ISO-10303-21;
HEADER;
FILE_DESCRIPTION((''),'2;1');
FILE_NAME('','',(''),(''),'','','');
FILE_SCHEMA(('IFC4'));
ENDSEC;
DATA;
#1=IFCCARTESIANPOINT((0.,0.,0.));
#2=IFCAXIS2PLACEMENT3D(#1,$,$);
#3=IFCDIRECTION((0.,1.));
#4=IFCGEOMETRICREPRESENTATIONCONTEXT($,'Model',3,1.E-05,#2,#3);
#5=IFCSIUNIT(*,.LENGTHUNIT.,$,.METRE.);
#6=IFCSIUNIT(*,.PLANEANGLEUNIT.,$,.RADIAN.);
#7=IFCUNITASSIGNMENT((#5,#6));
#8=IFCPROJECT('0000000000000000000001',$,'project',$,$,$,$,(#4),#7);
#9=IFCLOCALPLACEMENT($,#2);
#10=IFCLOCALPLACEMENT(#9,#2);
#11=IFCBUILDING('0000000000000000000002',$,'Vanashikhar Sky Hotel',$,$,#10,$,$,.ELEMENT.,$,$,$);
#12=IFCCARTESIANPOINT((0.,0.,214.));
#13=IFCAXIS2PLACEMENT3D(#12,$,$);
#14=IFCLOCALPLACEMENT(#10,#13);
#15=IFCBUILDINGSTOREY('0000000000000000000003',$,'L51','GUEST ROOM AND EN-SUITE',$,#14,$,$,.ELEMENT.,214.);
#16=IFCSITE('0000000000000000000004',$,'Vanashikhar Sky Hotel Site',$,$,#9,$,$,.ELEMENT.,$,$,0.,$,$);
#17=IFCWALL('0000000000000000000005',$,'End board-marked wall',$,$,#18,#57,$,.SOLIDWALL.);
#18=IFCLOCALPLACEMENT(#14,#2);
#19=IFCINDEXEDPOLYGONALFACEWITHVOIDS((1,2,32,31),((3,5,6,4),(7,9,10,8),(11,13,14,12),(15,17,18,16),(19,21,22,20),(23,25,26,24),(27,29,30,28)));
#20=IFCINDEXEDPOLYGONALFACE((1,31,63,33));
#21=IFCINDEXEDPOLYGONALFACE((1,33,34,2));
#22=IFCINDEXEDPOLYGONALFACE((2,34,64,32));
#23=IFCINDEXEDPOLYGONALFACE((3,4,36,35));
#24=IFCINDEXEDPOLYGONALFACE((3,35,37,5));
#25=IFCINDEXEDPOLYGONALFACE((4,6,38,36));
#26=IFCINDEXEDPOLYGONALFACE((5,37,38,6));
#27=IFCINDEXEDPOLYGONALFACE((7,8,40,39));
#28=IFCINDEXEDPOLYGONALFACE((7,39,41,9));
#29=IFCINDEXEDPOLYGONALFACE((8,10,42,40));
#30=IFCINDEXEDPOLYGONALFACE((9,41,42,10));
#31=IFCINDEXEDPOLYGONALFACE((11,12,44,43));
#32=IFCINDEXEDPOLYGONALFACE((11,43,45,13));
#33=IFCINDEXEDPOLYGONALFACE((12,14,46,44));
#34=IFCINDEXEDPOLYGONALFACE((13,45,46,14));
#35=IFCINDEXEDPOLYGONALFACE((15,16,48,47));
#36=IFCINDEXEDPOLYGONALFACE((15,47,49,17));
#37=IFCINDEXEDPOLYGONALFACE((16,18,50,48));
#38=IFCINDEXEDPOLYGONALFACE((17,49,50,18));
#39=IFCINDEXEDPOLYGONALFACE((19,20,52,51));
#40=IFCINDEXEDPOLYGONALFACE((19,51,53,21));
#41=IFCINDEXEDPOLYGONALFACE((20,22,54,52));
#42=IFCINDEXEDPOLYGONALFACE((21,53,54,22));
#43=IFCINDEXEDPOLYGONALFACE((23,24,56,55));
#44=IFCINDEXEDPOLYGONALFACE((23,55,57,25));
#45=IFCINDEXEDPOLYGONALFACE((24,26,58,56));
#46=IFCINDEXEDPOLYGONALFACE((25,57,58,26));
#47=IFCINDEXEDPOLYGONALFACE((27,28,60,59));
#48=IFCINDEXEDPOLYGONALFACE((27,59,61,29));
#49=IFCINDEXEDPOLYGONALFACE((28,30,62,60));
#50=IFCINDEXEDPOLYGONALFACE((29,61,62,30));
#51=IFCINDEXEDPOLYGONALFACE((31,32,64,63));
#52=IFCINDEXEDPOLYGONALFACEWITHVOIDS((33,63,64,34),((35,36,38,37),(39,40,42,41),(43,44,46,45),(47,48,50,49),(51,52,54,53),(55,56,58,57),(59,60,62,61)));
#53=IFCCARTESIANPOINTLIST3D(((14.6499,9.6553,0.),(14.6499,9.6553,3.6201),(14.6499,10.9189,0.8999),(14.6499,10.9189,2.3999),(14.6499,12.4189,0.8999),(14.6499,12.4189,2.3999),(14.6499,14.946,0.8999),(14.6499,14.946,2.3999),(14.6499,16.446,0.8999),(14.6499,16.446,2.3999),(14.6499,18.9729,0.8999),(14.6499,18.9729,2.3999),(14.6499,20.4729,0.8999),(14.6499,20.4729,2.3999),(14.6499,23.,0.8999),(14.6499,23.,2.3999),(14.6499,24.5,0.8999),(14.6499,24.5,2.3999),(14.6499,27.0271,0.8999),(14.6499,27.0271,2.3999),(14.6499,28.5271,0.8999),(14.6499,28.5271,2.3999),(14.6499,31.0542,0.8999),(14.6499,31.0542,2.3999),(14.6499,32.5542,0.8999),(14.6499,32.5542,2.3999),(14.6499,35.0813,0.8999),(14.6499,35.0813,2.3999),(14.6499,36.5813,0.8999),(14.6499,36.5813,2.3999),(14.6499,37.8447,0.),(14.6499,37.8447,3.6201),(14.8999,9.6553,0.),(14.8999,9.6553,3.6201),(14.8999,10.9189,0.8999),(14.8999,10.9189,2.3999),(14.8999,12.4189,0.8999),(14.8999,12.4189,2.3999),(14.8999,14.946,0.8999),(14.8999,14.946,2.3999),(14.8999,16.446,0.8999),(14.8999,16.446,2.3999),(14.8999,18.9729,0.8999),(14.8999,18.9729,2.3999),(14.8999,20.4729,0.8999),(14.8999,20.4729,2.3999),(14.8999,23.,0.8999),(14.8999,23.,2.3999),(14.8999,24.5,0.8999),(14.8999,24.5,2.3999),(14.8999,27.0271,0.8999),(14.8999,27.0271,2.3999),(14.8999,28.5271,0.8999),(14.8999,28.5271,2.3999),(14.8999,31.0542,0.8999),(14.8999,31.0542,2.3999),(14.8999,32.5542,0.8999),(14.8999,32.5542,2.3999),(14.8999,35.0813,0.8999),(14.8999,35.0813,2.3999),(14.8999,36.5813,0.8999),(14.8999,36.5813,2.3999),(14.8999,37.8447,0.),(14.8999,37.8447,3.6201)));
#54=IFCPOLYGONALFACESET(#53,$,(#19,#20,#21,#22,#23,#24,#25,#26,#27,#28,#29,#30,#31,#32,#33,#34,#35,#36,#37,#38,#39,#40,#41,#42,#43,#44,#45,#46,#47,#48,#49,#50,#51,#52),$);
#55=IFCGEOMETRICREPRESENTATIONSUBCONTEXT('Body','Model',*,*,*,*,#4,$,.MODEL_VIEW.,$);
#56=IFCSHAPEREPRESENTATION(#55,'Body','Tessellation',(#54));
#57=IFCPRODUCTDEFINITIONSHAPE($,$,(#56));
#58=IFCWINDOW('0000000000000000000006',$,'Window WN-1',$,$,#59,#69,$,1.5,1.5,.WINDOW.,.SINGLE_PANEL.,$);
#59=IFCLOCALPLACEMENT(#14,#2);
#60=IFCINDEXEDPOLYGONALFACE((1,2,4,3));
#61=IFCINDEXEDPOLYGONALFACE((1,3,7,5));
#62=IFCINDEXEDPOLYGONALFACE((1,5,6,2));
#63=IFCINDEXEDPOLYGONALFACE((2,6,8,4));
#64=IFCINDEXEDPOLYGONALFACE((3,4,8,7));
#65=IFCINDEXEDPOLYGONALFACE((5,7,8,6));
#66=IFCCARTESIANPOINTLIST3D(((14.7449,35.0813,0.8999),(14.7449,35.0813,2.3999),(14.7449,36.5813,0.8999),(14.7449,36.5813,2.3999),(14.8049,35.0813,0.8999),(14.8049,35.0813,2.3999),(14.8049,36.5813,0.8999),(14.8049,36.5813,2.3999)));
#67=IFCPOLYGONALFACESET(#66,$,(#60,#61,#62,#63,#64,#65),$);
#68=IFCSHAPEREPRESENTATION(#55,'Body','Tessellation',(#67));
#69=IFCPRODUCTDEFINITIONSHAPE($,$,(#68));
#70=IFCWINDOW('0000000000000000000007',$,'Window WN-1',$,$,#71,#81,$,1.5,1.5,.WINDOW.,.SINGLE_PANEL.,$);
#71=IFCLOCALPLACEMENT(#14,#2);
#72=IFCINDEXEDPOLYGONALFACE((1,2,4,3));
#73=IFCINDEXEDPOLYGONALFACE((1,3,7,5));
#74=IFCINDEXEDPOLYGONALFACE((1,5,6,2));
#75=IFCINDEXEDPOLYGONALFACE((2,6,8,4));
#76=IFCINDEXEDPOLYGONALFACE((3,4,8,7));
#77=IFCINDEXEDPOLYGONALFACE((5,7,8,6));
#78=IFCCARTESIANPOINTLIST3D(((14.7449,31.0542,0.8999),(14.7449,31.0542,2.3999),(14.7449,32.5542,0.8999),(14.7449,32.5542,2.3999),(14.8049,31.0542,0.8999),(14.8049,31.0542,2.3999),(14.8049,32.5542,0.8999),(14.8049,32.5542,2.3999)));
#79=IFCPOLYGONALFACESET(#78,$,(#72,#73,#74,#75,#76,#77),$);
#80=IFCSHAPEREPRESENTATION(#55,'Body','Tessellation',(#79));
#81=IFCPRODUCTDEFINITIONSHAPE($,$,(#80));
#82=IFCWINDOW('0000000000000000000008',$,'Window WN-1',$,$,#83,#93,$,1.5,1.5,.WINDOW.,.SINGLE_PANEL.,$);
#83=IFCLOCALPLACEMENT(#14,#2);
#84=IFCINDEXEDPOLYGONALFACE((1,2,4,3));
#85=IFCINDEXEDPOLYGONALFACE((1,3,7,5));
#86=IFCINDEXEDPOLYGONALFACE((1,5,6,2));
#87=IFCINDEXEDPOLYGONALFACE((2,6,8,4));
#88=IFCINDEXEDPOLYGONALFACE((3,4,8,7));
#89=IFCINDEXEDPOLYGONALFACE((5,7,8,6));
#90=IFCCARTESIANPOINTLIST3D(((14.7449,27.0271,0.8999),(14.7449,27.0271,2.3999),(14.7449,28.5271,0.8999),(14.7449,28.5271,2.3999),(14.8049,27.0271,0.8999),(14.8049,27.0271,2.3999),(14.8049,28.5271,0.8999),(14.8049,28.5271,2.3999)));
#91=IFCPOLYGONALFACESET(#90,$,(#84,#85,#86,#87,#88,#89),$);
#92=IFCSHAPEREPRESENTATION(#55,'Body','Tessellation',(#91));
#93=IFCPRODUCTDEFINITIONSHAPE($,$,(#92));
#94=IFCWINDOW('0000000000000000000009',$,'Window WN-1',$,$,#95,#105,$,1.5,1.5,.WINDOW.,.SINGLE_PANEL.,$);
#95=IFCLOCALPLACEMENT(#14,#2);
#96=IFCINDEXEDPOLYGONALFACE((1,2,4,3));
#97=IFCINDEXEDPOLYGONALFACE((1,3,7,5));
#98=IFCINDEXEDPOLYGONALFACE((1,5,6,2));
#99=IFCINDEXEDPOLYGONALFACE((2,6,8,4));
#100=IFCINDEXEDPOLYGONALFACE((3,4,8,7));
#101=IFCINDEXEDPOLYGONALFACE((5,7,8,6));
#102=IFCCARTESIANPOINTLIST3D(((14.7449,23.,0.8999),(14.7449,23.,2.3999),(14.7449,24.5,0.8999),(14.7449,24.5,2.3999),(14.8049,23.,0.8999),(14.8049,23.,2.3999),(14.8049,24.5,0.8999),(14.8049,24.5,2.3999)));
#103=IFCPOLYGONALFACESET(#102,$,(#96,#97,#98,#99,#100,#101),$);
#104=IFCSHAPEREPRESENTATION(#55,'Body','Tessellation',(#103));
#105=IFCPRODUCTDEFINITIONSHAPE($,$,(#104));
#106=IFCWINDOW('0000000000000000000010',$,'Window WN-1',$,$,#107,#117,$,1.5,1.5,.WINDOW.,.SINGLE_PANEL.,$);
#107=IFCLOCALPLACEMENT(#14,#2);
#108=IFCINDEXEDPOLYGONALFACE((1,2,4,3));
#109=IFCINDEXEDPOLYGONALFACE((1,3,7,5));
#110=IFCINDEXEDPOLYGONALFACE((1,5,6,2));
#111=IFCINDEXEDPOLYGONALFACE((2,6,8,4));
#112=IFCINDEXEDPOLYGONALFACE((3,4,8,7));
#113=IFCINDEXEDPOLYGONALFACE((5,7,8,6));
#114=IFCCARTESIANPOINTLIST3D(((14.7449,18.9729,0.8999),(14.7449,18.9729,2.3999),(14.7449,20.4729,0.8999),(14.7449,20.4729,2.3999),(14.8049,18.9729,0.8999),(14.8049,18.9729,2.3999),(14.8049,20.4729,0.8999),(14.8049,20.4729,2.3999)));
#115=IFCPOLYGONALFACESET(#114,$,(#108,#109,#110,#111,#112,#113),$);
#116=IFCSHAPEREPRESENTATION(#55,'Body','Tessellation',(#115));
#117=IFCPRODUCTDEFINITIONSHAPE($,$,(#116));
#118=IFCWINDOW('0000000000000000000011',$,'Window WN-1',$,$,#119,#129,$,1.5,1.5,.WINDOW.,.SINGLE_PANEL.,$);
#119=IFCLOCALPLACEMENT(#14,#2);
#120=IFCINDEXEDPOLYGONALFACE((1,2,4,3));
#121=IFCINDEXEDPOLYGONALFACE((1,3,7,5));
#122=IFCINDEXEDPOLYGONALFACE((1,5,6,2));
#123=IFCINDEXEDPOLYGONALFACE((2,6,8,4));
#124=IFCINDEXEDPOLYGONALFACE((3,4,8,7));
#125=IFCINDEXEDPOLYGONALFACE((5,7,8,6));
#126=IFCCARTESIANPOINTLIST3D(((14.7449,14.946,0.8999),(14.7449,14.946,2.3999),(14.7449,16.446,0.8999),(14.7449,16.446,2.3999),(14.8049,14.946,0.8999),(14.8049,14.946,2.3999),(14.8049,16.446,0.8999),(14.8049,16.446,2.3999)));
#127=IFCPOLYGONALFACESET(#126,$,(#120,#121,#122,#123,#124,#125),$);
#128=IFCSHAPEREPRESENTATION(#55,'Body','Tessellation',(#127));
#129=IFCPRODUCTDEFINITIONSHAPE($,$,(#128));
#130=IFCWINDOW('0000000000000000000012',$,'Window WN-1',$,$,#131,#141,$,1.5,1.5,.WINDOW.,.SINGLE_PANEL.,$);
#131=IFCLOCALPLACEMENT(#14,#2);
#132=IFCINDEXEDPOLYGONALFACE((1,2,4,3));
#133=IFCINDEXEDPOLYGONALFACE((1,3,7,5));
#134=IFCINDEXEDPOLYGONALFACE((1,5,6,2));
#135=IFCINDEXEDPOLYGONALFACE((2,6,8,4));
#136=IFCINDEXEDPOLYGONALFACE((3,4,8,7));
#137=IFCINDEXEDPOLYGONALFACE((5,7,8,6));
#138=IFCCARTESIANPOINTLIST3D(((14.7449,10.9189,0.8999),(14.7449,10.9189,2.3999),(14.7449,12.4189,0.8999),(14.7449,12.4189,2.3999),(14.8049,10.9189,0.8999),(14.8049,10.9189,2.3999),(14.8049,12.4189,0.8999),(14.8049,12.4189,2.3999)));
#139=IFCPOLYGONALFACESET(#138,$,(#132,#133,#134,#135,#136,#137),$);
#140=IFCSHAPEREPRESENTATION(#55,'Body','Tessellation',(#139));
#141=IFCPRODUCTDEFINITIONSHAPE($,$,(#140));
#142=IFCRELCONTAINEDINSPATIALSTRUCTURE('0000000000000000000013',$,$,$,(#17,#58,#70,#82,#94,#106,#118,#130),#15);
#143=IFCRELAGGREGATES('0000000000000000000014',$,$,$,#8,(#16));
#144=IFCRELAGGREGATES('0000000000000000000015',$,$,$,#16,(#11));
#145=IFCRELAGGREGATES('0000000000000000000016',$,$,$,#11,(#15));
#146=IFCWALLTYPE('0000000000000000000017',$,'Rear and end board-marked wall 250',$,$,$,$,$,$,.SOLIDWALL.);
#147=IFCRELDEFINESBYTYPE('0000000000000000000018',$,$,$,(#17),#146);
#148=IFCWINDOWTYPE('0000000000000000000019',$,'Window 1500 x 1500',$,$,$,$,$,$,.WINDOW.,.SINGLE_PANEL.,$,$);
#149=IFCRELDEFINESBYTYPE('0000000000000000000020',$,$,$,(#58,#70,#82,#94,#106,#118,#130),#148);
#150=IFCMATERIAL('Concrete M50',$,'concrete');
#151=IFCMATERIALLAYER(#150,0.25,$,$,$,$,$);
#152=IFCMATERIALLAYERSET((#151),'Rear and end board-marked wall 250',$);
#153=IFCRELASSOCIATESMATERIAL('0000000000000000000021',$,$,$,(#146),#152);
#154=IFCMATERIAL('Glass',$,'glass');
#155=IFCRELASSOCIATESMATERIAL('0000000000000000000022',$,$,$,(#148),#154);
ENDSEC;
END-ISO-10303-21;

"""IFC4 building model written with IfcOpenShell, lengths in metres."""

from ifc_helpers import new_model, si_unit, direction, frame, frame_2d, origin, place, context, subcontext, project, spatial, rectangle, extrude, source, transform, mapped, material, layer, layer_set, type_object, element, fill, save


model = new_model("IFC4")

# Units and contexts
model_context = context("Model", 3, precision=1e-05, world=origin(), true_north=direction((0.0, 1.0)))
body_context = subcontext(model_context, "Body", "Model", "MODEL_VIEW")
ifc_project = project(units=[si_unit("LENGTHUNIT", "METRE"), si_unit("PLANEANGLEUNIT", "RADIAN")], contexts=[model_context])

# Site, building, storey
site_placement = place(None, origin())
site = spatial("IfcSite", under=ifc_project, at=site_placement, Name="Vanashikhar Sky Hotel Site", CompositionType="ELEMENT", RefElevation=0.0)
building_placement = place(site_placement, origin())
building = spatial("IfcBuilding", under=site, at=building_placement, Name="Vanashikhar Sky Hotel", CompositionType="ELEMENT")
storey_placement = place(building_placement, frame((0.0, 0.0, 214.0)))
storey = spatial("IfcBuildingStorey", under=building, at=storey_placement, Name="L51", Description="GUEST ROOM AND EN-SUITE", CompositionType="ELEMENT", Elevation=214.0)

# Shared definitions
ifc_material_1 = material(Name="Concrete M50", Category="concrete")
ifc_material_2 = material(Name="Glass", Category="glass")

# Wall, openings, windows
ifc_layer_1 = layer(ifc_material_1, 0.25)
ifc_layer_set_1 = layer_set([ifc_layer_1], Name="Rear and end board-marked wall 250")
wall_type_1 = type_object("IfcWallType", Name="Rear and end board-marked wall 250", PredefinedType="SOLIDWALL", material=ifc_layer_set_1)
shared_shape_1 = source(origin(), body_context, "Body", "SweptSolid", [
    extrude(rectangle(XDim=28.1895, YDim=0.25, at=frame_2d((14.0947, 0.0))), origin(), (0.0, 0.0, 1.0), 3.6201),
])
wall_1_placement = place(storey_placement, frame((14.7749, 37.8447, 0.0), z_axis=(0.0, 0.0, 1.0), x_axis=(0.0, -1.0, 0.0)))
wall_1 = element("IfcWall", 1, at=wall_1_placement, inside=storey, type_object=wall_type_1, Name="End board-marked wall", PredefinedType="SOLIDWALL", context=body_context, shape_type="MappedRepresentation", body=[
    mapped(shared_shape_1, transform((0.0, 0.0, 0.0), scale=1.0)),
])
shared_shape_2 = source(origin(), body_context, "Body", "SweptSolid", [
    extrude(rectangle(XDim=1.5, YDim=1.5, at=frame_2d((0.75, 0.75))), frame((0.0, 0.135, 0.0), z_axis=(0.0, -1.0, 0.0), x_axis=(1.0, 0.0, 0.0)), (0.0, 0.0, 1.0), 0.27),
])
opening_1_placement = place(wall_1_placement, frame((1.2634, 0.0, 0.8999)))
opening_1 = element("IfcOpeningElement", 2, at=opening_1_placement, cuts=wall_1, PredefinedType="OPENING", context=body_context, shape_type="MappedRepresentation", body=[
    mapped(shared_shape_2, transform((0.0, 0.0, 0.0), scale=1.0)),
])
opening_2_placement = place(wall_1_placement, frame((5.2905, 0.0, 0.8999)))
opening_2 = element("IfcOpeningElement", 3, at=opening_2_placement, cuts=wall_1, PredefinedType="OPENING", context=body_context, shape_type="MappedRepresentation", body=[
    mapped(shared_shape_2, transform((0.0, 0.0, 0.0), scale=1.0)),
])
opening_3_placement = place(wall_1_placement, frame((9.3176, 0.0, 0.8999)))
opening_3 = element("IfcOpeningElement", 4, at=opening_3_placement, cuts=wall_1, PredefinedType="OPENING", context=body_context, shape_type="MappedRepresentation", body=[
    mapped(shared_shape_2, transform((0.0, 0.0, 0.0), scale=1.0)),
])
opening_4_placement = place(wall_1_placement, frame((13.3447, 0.0, 0.8999)))
opening_4 = element("IfcOpeningElement", 5, at=opening_4_placement, cuts=wall_1, PredefinedType="OPENING", context=body_context, shape_type="MappedRepresentation", body=[
    mapped(shared_shape_2, transform((0.0, 0.0, 0.0), scale=1.0)),
])
opening_5_placement = place(wall_1_placement, frame((17.3718, 0.0, 0.8999)))
opening_5 = element("IfcOpeningElement", 6, at=opening_5_placement, cuts=wall_1, PredefinedType="OPENING", context=body_context, shape_type="MappedRepresentation", body=[
    mapped(shared_shape_2, transform((0.0, 0.0, 0.0), scale=1.0)),
])
opening_6_placement = place(wall_1_placement, frame((21.3987, 0.0, 0.8999)))
opening_6 = element("IfcOpeningElement", 7, at=opening_6_placement, cuts=wall_1, PredefinedType="OPENING", context=body_context, shape_type="MappedRepresentation", body=[
    mapped(shared_shape_2, transform((0.0, 0.0, 0.0), scale=1.0)),
])
opening_7_placement = place(wall_1_placement, frame((25.4258, 0.0, 0.8999)))
opening_7 = element("IfcOpeningElement", 8, at=opening_7_placement, cuts=wall_1, PredefinedType="OPENING", context=body_context, shape_type="MappedRepresentation", body=[
    mapped(shared_shape_2, transform((0.0, 0.0, 0.0), scale=1.0)),
])
window_type_1 = type_object("IfcWindowType", Name="Window 1500 x 1500", PartitioningType="SINGLE_PANEL", PredefinedType="WINDOW", material=ifc_material_2)
shared_shape_3 = source(origin(), body_context, "Body", "SweptSolid", [
    extrude(rectangle(XDim=1.5, YDim=1.5, at=frame_2d((0.75, 0.75))), frame((0.0, 0.03, 0.0), z_axis=(0.0, -1.0, 0.0), x_axis=(1.0, 0.0, 0.0)), (0.0, 0.0, 1.0), 0.0601),
])
window_1_placement = place(opening_1_placement, origin())
window_1 = element("IfcWindow", 9, at=window_1_placement, inside=storey, type_object=window_type_1, Name="Window WN-1", OverallHeight=1.5, OverallWidth=1.5, PartitioningType="SINGLE_PANEL", PredefinedType="WINDOW", context=body_context, shape_type="MappedRepresentation", body=[
    mapped(shared_shape_3, transform((0.0, 0.0, 0.0), scale=1.0)),
])
fill(opening_1, window_1)
window_2_placement = place(opening_2_placement, origin())
window_2 = element("IfcWindow", 10, at=window_2_placement, inside=storey, type_object=window_type_1, Name="Window WN-1", OverallHeight=1.5, OverallWidth=1.5, PartitioningType="SINGLE_PANEL", PredefinedType="WINDOW", context=body_context, shape_type="MappedRepresentation", body=[
    mapped(shared_shape_3, transform((0.0, 0.0, 0.0), scale=1.0)),
])
fill(opening_2, window_2)
window_3_placement = place(opening_3_placement, origin())
window_3 = element("IfcWindow", 11, at=window_3_placement, inside=storey, type_object=window_type_1, Name="Window WN-1", OverallHeight=1.5, OverallWidth=1.5, PartitioningType="SINGLE_PANEL", PredefinedType="WINDOW", context=body_context, shape_type="MappedRepresentation", body=[
    mapped(shared_shape_3, transform((0.0, 0.0, 0.0), scale=1.0)),
])
fill(opening_3, window_3)
window_4_placement = place(opening_4_placement, origin())
window_4 = element("IfcWindow", 12, at=window_4_placement, inside=storey, type_object=window_type_1, Name="Window WN-1", OverallHeight=1.5, OverallWidth=1.5, PartitioningType="SINGLE_PANEL", PredefinedType="WINDOW", context=body_context, shape_type="MappedRepresentation", body=[
    mapped(shared_shape_3, transform((0.0, 0.0, 0.0), scale=1.0)),
])
fill(opening_4, window_4)
window_5_placement = place(opening_5_placement, origin())
window_5 = element("IfcWindow", 13, at=window_5_placement, inside=storey, type_object=window_type_1, Name="Window WN-1", OverallHeight=1.5, OverallWidth=1.5, PartitioningType="SINGLE_PANEL", PredefinedType="WINDOW", context=body_context, shape_type="MappedRepresentation", body=[
    mapped(shared_shape_3, transform((0.0, 0.0, 0.0), scale=1.0)),
])
fill(opening_5, window_5)
window_6_placement = place(opening_6_placement, origin())
window_6 = element("IfcWindow", 14, at=window_6_placement, inside=storey, type_object=window_type_1, Name="Window WN-1", OverallHeight=1.5, OverallWidth=1.5, PartitioningType="SINGLE_PANEL", PredefinedType="WINDOW", context=body_context, shape_type="MappedRepresentation", body=[
    mapped(shared_shape_3, transform((0.0, 0.0, 0.0), scale=1.0)),
])
fill(opening_6, window_6)
window_7_placement = place(opening_7_placement, origin())
window_7 = element("IfcWindow", 15, at=window_7_placement, inside=storey, type_object=window_type_1, Name="Window WN-1", OverallHeight=1.5, OverallWidth=1.5, PartitioningType="SINGLE_PANEL", PredefinedType="WINDOW", context=body_context, shape_type="MappedRepresentation", body=[
    mapped(shared_shape_3, transform((0.0, 0.0, 0.0), scale=1.0)),
])
fill(opening_7, window_7)

save(model, "model.ifc")
